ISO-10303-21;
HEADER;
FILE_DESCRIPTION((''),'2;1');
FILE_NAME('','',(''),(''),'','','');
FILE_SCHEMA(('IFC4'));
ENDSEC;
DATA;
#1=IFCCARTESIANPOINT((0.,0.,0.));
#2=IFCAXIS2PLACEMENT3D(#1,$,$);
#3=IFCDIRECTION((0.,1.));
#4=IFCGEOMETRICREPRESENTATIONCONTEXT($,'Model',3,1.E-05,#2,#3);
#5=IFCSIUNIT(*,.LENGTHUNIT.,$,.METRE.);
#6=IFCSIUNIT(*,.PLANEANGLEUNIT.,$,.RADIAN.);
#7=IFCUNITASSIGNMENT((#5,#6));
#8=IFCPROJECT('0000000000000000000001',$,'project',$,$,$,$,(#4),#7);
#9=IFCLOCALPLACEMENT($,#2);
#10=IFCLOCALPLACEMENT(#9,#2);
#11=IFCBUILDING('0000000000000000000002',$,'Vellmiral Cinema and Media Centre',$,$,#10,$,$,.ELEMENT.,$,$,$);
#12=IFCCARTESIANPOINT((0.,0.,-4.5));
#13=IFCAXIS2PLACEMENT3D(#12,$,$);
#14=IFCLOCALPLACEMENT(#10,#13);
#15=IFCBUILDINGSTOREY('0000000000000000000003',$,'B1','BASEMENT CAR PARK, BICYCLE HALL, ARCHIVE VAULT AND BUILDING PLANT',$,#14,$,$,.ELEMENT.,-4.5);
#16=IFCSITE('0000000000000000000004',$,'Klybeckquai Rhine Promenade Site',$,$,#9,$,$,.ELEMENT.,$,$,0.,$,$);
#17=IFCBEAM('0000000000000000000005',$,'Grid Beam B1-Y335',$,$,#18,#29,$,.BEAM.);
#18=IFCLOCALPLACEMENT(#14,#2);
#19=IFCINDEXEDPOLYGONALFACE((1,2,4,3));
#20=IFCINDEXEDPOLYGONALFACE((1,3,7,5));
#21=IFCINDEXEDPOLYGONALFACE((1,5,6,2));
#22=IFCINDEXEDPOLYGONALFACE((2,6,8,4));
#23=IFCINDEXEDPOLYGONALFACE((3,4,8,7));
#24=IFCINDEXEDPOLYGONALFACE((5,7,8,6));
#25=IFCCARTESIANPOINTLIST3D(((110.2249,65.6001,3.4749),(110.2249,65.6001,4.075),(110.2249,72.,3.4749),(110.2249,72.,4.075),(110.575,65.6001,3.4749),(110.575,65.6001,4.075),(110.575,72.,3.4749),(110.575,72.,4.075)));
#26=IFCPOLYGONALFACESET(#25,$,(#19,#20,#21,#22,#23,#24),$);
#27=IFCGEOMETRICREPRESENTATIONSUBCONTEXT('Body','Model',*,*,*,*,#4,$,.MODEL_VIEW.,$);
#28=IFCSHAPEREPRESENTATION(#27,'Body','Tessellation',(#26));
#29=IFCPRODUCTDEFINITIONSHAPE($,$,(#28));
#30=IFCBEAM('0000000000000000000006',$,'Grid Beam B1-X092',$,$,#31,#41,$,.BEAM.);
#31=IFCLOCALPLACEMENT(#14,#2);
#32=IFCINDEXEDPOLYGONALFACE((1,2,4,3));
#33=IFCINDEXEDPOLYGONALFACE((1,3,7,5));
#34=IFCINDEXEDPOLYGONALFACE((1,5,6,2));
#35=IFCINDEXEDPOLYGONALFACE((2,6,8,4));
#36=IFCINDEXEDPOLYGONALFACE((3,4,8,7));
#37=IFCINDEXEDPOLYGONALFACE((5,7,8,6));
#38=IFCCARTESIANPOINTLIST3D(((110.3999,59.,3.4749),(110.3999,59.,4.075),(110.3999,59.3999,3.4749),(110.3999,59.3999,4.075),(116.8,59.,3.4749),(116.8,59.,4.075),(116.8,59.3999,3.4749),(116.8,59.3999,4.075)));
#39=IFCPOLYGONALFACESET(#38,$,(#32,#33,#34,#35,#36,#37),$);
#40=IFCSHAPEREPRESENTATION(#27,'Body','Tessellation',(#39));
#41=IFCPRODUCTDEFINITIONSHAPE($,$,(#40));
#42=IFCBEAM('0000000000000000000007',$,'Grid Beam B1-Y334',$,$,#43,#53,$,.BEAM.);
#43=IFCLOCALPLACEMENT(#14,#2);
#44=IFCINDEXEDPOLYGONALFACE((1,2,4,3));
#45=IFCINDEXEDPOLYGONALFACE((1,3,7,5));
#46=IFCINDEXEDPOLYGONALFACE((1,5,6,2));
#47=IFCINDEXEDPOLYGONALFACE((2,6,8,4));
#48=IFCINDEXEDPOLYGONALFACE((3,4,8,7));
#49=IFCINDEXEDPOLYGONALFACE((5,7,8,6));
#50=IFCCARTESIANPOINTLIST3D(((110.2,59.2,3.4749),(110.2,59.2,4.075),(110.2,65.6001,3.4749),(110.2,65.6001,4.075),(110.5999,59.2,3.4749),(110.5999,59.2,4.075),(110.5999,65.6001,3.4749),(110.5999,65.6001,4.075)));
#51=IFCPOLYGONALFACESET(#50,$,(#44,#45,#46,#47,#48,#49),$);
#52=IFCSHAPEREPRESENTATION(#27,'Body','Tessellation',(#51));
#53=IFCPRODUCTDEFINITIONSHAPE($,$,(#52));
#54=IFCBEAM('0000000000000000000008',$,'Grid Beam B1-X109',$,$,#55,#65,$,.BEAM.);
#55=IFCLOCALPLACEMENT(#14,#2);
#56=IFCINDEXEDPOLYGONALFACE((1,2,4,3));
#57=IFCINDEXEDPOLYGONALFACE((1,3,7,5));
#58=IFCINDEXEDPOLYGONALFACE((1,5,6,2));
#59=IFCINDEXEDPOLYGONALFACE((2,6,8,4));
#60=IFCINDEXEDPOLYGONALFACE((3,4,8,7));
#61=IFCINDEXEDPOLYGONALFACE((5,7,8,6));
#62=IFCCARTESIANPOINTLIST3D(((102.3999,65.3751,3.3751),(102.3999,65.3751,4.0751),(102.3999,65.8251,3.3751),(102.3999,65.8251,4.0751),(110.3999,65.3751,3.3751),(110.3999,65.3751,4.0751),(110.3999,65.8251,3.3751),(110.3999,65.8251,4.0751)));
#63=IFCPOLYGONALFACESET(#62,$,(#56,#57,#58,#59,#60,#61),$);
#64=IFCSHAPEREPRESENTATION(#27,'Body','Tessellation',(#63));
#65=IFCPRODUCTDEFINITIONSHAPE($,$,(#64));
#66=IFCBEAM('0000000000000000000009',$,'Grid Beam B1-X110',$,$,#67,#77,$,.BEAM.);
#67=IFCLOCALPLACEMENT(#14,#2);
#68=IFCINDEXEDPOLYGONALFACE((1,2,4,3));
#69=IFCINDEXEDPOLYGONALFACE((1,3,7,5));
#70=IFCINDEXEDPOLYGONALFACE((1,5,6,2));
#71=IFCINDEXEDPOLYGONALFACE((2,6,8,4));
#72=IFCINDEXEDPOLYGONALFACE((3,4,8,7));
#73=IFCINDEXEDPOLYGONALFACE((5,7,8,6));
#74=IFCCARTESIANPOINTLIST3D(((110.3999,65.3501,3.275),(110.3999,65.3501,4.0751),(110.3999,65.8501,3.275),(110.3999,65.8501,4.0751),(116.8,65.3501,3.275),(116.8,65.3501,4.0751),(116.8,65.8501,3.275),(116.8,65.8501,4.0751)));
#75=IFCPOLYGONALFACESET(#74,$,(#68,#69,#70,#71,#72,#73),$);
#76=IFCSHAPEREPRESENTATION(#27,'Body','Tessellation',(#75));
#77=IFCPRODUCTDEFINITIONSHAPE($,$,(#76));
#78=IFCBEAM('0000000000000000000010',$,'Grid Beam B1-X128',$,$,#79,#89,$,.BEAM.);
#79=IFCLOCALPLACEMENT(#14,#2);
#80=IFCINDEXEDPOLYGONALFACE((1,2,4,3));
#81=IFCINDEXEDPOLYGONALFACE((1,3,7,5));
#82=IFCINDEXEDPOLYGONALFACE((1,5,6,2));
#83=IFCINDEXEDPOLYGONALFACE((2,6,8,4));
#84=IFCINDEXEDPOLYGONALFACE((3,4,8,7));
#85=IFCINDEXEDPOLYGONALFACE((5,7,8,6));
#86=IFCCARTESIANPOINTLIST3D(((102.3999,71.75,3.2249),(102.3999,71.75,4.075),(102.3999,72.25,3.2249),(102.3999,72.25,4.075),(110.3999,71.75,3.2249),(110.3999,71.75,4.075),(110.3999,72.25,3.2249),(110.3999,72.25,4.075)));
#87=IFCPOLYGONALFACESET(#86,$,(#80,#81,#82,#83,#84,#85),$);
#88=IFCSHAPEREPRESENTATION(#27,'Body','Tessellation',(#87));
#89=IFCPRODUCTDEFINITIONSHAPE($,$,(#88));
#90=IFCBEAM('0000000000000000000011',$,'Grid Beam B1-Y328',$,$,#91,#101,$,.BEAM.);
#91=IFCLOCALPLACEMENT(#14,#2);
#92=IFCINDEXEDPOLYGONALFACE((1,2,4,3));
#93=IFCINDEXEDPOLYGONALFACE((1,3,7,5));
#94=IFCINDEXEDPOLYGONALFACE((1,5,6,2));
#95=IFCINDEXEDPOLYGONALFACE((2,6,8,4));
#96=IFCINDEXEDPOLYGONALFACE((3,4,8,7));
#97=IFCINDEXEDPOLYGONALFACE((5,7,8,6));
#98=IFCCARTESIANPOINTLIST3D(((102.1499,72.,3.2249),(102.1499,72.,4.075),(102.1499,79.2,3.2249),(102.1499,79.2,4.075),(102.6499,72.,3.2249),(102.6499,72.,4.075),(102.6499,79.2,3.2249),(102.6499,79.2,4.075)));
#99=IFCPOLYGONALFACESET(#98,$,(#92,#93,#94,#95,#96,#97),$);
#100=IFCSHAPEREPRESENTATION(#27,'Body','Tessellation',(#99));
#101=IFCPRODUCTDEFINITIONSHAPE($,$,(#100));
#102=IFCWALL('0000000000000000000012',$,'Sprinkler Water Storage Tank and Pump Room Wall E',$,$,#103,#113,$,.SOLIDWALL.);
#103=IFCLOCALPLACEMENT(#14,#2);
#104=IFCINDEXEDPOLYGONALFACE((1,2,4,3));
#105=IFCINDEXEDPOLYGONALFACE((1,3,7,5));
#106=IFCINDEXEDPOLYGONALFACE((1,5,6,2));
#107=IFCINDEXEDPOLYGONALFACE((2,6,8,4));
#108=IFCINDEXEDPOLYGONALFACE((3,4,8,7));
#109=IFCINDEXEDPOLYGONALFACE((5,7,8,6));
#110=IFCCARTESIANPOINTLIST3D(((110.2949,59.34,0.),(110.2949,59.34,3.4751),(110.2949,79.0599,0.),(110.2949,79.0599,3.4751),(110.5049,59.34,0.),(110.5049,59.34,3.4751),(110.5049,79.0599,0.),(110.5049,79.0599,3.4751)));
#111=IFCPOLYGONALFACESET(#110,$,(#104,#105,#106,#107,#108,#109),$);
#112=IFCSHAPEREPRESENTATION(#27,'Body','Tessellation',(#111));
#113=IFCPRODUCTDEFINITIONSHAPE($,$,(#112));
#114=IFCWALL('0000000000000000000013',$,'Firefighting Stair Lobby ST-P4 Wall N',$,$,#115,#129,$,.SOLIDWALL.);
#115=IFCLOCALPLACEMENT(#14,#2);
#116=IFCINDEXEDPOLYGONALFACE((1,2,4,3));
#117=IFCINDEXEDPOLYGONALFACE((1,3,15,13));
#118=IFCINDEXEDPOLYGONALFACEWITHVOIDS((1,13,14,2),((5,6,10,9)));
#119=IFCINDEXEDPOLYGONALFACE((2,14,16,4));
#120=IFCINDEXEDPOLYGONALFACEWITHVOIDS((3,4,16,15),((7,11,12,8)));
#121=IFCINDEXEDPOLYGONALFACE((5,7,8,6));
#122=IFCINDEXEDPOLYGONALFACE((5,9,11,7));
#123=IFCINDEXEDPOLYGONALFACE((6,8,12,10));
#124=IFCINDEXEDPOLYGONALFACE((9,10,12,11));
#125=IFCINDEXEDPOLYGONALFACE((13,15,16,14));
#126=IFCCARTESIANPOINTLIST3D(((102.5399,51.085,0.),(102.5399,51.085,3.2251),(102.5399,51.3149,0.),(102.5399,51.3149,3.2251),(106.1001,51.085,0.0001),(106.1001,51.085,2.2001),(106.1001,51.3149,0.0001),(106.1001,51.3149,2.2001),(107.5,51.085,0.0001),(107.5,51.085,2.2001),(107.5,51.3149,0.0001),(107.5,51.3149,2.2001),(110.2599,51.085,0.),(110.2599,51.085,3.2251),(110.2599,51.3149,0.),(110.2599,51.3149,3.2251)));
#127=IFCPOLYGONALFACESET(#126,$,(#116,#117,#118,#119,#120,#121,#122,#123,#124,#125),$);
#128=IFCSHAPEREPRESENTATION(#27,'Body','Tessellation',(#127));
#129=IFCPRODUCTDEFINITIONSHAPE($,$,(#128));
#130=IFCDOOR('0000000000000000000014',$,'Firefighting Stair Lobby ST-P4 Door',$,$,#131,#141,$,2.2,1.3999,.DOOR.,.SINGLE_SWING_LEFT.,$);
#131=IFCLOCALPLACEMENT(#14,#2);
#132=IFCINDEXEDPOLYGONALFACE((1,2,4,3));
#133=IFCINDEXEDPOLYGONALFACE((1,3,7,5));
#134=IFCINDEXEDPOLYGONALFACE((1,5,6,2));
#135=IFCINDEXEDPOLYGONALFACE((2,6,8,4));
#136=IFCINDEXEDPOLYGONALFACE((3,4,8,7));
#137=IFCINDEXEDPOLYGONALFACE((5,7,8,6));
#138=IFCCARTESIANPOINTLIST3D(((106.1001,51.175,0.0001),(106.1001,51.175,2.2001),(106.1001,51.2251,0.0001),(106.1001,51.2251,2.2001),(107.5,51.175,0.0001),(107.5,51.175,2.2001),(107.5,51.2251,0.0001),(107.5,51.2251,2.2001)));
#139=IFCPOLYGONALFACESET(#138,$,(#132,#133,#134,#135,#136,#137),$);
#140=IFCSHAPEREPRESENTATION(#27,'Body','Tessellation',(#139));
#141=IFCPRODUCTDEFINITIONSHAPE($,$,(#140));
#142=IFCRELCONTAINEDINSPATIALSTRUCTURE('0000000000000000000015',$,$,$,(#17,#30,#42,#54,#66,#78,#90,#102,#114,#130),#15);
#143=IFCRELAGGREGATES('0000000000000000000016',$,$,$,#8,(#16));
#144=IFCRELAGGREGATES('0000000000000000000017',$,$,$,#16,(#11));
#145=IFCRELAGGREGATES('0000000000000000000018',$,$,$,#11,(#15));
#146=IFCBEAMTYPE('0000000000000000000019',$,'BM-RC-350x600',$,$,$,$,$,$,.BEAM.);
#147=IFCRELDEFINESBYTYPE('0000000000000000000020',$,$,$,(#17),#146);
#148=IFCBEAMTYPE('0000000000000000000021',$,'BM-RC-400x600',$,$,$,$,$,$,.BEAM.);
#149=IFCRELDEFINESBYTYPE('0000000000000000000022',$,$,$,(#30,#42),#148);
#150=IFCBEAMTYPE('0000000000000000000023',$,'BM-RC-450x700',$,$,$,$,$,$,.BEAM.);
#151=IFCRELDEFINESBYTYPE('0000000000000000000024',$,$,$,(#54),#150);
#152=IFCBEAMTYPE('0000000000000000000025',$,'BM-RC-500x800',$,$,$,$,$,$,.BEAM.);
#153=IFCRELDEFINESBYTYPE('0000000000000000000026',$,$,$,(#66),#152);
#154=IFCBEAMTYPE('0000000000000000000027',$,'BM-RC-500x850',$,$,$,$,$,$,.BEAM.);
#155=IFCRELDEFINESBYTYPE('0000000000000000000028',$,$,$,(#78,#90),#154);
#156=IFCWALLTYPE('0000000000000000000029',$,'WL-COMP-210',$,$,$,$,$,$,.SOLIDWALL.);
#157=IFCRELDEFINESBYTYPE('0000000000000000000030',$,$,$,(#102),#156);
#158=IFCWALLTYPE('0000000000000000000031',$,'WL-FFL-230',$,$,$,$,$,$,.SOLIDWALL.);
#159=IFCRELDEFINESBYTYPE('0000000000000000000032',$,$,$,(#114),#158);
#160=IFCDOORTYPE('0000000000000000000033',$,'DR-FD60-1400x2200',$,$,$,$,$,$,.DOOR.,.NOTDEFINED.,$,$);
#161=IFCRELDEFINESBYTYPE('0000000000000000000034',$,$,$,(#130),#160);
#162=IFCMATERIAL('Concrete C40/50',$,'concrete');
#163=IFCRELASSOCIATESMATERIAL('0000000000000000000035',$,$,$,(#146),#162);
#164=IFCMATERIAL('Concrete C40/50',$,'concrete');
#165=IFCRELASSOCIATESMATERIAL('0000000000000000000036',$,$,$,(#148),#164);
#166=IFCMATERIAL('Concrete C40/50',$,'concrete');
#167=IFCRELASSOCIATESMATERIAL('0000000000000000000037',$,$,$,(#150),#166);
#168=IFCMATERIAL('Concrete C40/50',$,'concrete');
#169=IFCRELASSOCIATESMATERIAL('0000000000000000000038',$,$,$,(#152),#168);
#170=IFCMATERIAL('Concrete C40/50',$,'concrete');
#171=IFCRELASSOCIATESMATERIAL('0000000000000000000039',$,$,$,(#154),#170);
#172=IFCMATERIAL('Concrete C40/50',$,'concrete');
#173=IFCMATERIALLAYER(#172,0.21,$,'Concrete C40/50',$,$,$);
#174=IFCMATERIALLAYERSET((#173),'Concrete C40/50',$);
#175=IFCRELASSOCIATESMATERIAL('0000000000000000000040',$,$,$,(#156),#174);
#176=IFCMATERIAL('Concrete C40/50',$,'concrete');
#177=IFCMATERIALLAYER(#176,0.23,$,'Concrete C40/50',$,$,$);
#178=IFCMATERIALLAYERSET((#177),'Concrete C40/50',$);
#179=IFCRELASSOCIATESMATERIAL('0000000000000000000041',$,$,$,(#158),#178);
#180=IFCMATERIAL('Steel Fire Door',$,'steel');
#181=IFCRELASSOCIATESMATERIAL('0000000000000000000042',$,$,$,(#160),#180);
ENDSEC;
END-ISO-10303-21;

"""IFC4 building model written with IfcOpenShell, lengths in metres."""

from ifc_helpers import new_model, si_unit, direction, frame, frame_2d, origin, origin_2d, place, context, subcontext, project, spatial, rectangle, extrude, material, layer, layer_set, material_profile, profile_set, type_object, element, fill, save


model = new_model("IFC4")

# Units and contexts
model_context = context("Model", 3, precision=1e-05, world=origin(), true_north=direction((0.0, 1.0)))
body_context = subcontext(model_context, "Body", "Model", "MODEL_VIEW")
ifc_project = project(units=[si_unit("LENGTHUNIT", "METRE"), si_unit("PLANEANGLEUNIT", "RADIAN")], contexts=[model_context])

# Site, building, storey
site_placement = place(None, origin())
site = spatial("IfcSite", under=ifc_project, at=site_placement, Name="Klybeckquai Rhine Promenade Site", CompositionType="ELEMENT", RefElevation=0.0)
building_placement = place(site_placement, origin())
building = spatial("IfcBuilding", under=site, at=building_placement, Name="Vellmiral Cinema and Media Centre", CompositionType="ELEMENT")
storey_placement = place(building_placement, frame((0.0, 0.0, -4.5)))
storey = spatial("IfcBuildingStorey", under=building, at=storey_placement, Name="B1", Description="BASEMENT CAR PARK, BICYCLE HALL, ARCHIVE VAULT AND BUILDING PLANT", CompositionType="ELEMENT", Elevation=-4.5)

# Beams
ifc_material_1 = material(Name="Concrete C40/50", Category="concrete")
ifc_material_profile_1 = material_profile(ifc_material_1, rectangle(XDim=0.3501, YDim=0.6001, at=origin_2d()), Name="RC 350x600")
ifc_profile_set_1 = profile_set([ifc_material_profile_1], Name="Concrete C40/50")
beam_type_1 = type_object("IfcBeamType", Name="BM-RC-350x600", PredefinedType="BEAM", material=ifc_profile_set_1)
beam_1_placement = place(storey_placement, frame((110.3999, 65.6001, 3.7749), z_axis=(0.0, 1.0, 0.0), x_axis=(-1.0, 0.0, 0.0)))
element("IfcBeam", 1, at=beam_1_placement, inside=storey, type_object=beam_type_1, Name="Grid Beam B1-Y335", PredefinedType="BEAM", context=body_context, shape_type="SweptSolid", body=[
    extrude(rectangle(XDim=0.3501, YDim=0.6001, at=origin_2d()), origin(), (0.0, 0.0, 1.0), 6.3999),
])
ifc_material_2 = material(Name="Concrete C40/50", Category="concrete")
ifc_material_profile_2 = material_profile(ifc_material_2, rectangle(XDim=0.3999, YDim=0.6001, at=origin_2d()), Name="RC 400x600")
ifc_profile_set_2 = profile_set([ifc_material_profile_2], Name="Concrete C40/50")
beam_type_2 = type_object("IfcBeamType", Name="BM-RC-400x600", PredefinedType="BEAM", material=ifc_profile_set_2)
for number, where, z_axis, x_axis, name in (
    (2, (110.3999, 59.2, 3.7749), (1.0, 0.0, 0.0), (0.0, 1.0, 0.0), "Grid Beam B1-X092"),
    (3, (110.3999, 59.2, 3.7749), (0.0, 1.0, 0.0), (-1.0, 0.0, 0.0), "Grid Beam B1-Y334"),
):
    element("IfcBeam", number, at=place(storey_placement, frame(where, z_axis=z_axis, x_axis=x_axis)), inside=storey, type_object=beam_type_2, Name=name, PredefinedType="BEAM", context=body_context, shape_type="SweptSolid", body=[
        extrude(rectangle(XDim=0.3999, YDim=0.6001, at=origin_2d()), origin(), (0.0, 0.0, 1.0), 6.4001),
    ])
ifc_material_3 = material(Name="Concrete C40/50", Category="concrete")
ifc_material_profile_3 = material_profile(ifc_material_3, rectangle(XDim=0.45, YDim=0.7, at=origin_2d()), Name="RC 450x700")
ifc_profile_set_3 = profile_set([ifc_material_profile_3], Name="Concrete C40/50")
beam_type_3 = type_object("IfcBeamType", Name="BM-RC-450x700", PredefinedType="BEAM", material=ifc_profile_set_3)
beam_2_placement = place(storey_placement, frame((102.3999, 65.6001, 3.7251), z_axis=(1.0, 0.0, 0.0), x_axis=(0.0, 1.0, 0.0)))
element("IfcBeam", 4, at=beam_2_placement, inside=storey, type_object=beam_type_3, Name="Grid Beam B1-X109", PredefinedType="BEAM", context=body_context, shape_type="SweptSolid", body=[
    extrude(rectangle(XDim=0.45, YDim=0.7, at=origin_2d()), origin(), (0.0, 0.0, 1.0), 8.0),
])
ifc_material_4 = material(Name="Concrete C40/50", Category="concrete")
ifc_material_profile_4 = material_profile(ifc_material_4, rectangle(XDim=0.5, YDim=0.8, at=origin_2d()), Name="RC 500x800")
ifc_profile_set_4 = profile_set([ifc_material_profile_4], Name="Concrete C40/50")
beam_type_4 = type_object("IfcBeamType", Name="BM-RC-500x800", PredefinedType="BEAM", material=ifc_profile_set_4)
beam_3_placement = place(storey_placement, frame((110.3999, 65.6001, 3.675), z_axis=(1.0, 0.0, 0.0), x_axis=(0.0, 1.0, 0.0)))
element("IfcBeam", 5, at=beam_3_placement, inside=storey, type_object=beam_type_4, Name="Grid Beam B1-X110", PredefinedType="BEAM", context=body_context, shape_type="SweptSolid", body=[
    extrude(rectangle(XDim=0.5, YDim=0.8, at=origin_2d()), origin(), (0.0, 0.0, 1.0), 6.4001),
])
ifc_material_5 = material(Name="Concrete C40/50", Category="concrete")
ifc_material_profile_5 = material_profile(ifc_material_5, rectangle(XDim=0.5, YDim=0.8501, at=origin_2d()), Name="RC 500x850")
ifc_profile_set_5 = profile_set([ifc_material_profile_5], Name="Concrete C40/50")
beam_type_5 = type_object("IfcBeamType", Name="BM-RC-500x850", PredefinedType="BEAM", material=ifc_profile_set_5)
beam_4_placement = place(storey_placement, frame((102.3999, 72.0, 3.6499), z_axis=(1.0, 0.0, 0.0), x_axis=(0.0, 1.0, 0.0)))
element("IfcBeam", 6, at=beam_4_placement, inside=storey, type_object=beam_type_5, Name="Grid Beam B1-X128", PredefinedType="BEAM", context=body_context, shape_type="SweptSolid", body=[
    extrude(rectangle(XDim=0.5, YDim=0.8501, at=origin_2d()), origin(), (0.0, 0.0, 1.0), 8.0),
])
beam_5_placement = place(storey_placement, frame((102.3999, 72.0, 3.6499), z_axis=(0.0, 1.0, 0.0), x_axis=(-1.0, 0.0, 0.0)))
element("IfcBeam", 7, at=beam_5_placement, inside=storey, type_object=beam_type_5, Name="Grid Beam B1-Y328", PredefinedType="BEAM", context=body_context, shape_type="SweptSolid", body=[
    extrude(rectangle(XDim=0.5, YDim=0.8501, at=origin_2d()), origin(), (0.0, 0.0, 1.0), 7.2),
])

# Wall
ifc_material_6 = material(Name="Concrete C40/50", Category="concrete")
ifc_layer_1 = layer(ifc_material_6, 0.21, Name="Concrete C40/50")
ifc_layer_set_1 = layer_set([ifc_layer_1], Name="Concrete C40/50")
wall_type_1 = type_object("IfcWallType", Name="WL-COMP-210", PredefinedType="SOLIDWALL", material=ifc_layer_set_1)
wall_1_placement = place(storey_placement, frame((110.3999, 59.3401, 0.0), z_axis=(0.0, 0.0, 1.0), x_axis=(0.0, 1.0, 0.0)))
element("IfcWall", 8, at=wall_1_placement, inside=storey, type_object=wall_type_1, Name="Sprinkler Water Storage Tank and Pump Room Wall E", PredefinedType="SOLIDWALL", context=body_context, shape_type="SweptSolid", body=[
    extrude(rectangle(XDim=19.72, YDim=0.21, at=frame_2d((9.8599, 0.0))), origin(), (0.0, 0.0, 1.0), 3.4751),
])

# Wall, opening, door
ifc_material_7 = material(Name="Concrete C40/50", Category="concrete")
ifc_layer_2 = layer(ifc_material_7, 0.23, Name="Concrete C40/50")
ifc_layer_set_2 = layer_set([ifc_layer_2], Name="Concrete C40/50")
wall_type_2 = type_object("IfcWallType", Name="WL-FFL-230", PredefinedType="SOLIDWALL", material=ifc_layer_set_2)
wall_2_placement = place(storey_placement, frame((102.54, 51.2, 0.0), z_axis=(0.0, 0.0, 1.0), x_axis=(1.0, 0.0, 0.0)))
wall_2 = element("IfcWall", 9, at=wall_2_placement, inside=storey, type_object=wall_type_2, Name="Firefighting Stair Lobby ST-P4 Wall N", PredefinedType="SOLIDWALL", context=body_context, shape_type="SweptSolid", body=[
    extrude(rectangle(XDim=7.72, YDim=0.23, at=frame_2d((3.8599, 0.0))), origin(), (0.0, 0.0, 1.0), 3.2251),
])
opening_placement = place(wall_2_placement, frame((3.5601, 0.0, 0.0)))
opening = element("IfcOpeningElement", 10, at=opening_placement, cuts=wall_2, PredefinedType="OPENING", context=body_context, shape_type="SweptSolid", body=[
    extrude(rectangle(XDim=1.3999, YDim=2.2, at=frame_2d((0.7, 1.1001))), frame((0.0, 0.127, 0.0), z_axis=(0.0, -1.0, 0.0), x_axis=(1.0, 0.0, 0.0)), (0.0, 0.0, 1.0), 0.2539),
])
ifc_material_8 = material(Name="Steel Fire Door", Category="steel")
door_type = type_object("IfcDoorType", Name="DR-FD60-1400x2200", OperationType="NOTDEFINED", PredefinedType="DOOR", material=ifc_material_8)
door_placement = place(opening_placement, frame((1.3999, 0.0, 0.0), z_axis=(0.0, 0.0, 1.0), x_axis=(-1.0, 0.0, 0.0)))
door = element("IfcDoor", 11, at=door_placement, inside=storey, type_object=door_type, Name="Firefighting Stair Lobby ST-P4 Door", OperationType="SINGLE_SWING_LEFT", OverallHeight=2.2, OverallWidth=1.3999, PredefinedType="DOOR", context=body_context, shape_type="SweptSolid", body=[
    extrude(rectangle(XDim=1.3999, YDim=2.2, at=frame_2d((0.7, 1.1001))), frame((0.0, 0.0249, 0.0), z_axis=(0.0, -1.0, 0.0), x_axis=(1.0, 0.0, 0.0)), (0.0, 0.0, 1.0), 0.05),
])
fill(opening, door)

save(model, "model.ifc")
